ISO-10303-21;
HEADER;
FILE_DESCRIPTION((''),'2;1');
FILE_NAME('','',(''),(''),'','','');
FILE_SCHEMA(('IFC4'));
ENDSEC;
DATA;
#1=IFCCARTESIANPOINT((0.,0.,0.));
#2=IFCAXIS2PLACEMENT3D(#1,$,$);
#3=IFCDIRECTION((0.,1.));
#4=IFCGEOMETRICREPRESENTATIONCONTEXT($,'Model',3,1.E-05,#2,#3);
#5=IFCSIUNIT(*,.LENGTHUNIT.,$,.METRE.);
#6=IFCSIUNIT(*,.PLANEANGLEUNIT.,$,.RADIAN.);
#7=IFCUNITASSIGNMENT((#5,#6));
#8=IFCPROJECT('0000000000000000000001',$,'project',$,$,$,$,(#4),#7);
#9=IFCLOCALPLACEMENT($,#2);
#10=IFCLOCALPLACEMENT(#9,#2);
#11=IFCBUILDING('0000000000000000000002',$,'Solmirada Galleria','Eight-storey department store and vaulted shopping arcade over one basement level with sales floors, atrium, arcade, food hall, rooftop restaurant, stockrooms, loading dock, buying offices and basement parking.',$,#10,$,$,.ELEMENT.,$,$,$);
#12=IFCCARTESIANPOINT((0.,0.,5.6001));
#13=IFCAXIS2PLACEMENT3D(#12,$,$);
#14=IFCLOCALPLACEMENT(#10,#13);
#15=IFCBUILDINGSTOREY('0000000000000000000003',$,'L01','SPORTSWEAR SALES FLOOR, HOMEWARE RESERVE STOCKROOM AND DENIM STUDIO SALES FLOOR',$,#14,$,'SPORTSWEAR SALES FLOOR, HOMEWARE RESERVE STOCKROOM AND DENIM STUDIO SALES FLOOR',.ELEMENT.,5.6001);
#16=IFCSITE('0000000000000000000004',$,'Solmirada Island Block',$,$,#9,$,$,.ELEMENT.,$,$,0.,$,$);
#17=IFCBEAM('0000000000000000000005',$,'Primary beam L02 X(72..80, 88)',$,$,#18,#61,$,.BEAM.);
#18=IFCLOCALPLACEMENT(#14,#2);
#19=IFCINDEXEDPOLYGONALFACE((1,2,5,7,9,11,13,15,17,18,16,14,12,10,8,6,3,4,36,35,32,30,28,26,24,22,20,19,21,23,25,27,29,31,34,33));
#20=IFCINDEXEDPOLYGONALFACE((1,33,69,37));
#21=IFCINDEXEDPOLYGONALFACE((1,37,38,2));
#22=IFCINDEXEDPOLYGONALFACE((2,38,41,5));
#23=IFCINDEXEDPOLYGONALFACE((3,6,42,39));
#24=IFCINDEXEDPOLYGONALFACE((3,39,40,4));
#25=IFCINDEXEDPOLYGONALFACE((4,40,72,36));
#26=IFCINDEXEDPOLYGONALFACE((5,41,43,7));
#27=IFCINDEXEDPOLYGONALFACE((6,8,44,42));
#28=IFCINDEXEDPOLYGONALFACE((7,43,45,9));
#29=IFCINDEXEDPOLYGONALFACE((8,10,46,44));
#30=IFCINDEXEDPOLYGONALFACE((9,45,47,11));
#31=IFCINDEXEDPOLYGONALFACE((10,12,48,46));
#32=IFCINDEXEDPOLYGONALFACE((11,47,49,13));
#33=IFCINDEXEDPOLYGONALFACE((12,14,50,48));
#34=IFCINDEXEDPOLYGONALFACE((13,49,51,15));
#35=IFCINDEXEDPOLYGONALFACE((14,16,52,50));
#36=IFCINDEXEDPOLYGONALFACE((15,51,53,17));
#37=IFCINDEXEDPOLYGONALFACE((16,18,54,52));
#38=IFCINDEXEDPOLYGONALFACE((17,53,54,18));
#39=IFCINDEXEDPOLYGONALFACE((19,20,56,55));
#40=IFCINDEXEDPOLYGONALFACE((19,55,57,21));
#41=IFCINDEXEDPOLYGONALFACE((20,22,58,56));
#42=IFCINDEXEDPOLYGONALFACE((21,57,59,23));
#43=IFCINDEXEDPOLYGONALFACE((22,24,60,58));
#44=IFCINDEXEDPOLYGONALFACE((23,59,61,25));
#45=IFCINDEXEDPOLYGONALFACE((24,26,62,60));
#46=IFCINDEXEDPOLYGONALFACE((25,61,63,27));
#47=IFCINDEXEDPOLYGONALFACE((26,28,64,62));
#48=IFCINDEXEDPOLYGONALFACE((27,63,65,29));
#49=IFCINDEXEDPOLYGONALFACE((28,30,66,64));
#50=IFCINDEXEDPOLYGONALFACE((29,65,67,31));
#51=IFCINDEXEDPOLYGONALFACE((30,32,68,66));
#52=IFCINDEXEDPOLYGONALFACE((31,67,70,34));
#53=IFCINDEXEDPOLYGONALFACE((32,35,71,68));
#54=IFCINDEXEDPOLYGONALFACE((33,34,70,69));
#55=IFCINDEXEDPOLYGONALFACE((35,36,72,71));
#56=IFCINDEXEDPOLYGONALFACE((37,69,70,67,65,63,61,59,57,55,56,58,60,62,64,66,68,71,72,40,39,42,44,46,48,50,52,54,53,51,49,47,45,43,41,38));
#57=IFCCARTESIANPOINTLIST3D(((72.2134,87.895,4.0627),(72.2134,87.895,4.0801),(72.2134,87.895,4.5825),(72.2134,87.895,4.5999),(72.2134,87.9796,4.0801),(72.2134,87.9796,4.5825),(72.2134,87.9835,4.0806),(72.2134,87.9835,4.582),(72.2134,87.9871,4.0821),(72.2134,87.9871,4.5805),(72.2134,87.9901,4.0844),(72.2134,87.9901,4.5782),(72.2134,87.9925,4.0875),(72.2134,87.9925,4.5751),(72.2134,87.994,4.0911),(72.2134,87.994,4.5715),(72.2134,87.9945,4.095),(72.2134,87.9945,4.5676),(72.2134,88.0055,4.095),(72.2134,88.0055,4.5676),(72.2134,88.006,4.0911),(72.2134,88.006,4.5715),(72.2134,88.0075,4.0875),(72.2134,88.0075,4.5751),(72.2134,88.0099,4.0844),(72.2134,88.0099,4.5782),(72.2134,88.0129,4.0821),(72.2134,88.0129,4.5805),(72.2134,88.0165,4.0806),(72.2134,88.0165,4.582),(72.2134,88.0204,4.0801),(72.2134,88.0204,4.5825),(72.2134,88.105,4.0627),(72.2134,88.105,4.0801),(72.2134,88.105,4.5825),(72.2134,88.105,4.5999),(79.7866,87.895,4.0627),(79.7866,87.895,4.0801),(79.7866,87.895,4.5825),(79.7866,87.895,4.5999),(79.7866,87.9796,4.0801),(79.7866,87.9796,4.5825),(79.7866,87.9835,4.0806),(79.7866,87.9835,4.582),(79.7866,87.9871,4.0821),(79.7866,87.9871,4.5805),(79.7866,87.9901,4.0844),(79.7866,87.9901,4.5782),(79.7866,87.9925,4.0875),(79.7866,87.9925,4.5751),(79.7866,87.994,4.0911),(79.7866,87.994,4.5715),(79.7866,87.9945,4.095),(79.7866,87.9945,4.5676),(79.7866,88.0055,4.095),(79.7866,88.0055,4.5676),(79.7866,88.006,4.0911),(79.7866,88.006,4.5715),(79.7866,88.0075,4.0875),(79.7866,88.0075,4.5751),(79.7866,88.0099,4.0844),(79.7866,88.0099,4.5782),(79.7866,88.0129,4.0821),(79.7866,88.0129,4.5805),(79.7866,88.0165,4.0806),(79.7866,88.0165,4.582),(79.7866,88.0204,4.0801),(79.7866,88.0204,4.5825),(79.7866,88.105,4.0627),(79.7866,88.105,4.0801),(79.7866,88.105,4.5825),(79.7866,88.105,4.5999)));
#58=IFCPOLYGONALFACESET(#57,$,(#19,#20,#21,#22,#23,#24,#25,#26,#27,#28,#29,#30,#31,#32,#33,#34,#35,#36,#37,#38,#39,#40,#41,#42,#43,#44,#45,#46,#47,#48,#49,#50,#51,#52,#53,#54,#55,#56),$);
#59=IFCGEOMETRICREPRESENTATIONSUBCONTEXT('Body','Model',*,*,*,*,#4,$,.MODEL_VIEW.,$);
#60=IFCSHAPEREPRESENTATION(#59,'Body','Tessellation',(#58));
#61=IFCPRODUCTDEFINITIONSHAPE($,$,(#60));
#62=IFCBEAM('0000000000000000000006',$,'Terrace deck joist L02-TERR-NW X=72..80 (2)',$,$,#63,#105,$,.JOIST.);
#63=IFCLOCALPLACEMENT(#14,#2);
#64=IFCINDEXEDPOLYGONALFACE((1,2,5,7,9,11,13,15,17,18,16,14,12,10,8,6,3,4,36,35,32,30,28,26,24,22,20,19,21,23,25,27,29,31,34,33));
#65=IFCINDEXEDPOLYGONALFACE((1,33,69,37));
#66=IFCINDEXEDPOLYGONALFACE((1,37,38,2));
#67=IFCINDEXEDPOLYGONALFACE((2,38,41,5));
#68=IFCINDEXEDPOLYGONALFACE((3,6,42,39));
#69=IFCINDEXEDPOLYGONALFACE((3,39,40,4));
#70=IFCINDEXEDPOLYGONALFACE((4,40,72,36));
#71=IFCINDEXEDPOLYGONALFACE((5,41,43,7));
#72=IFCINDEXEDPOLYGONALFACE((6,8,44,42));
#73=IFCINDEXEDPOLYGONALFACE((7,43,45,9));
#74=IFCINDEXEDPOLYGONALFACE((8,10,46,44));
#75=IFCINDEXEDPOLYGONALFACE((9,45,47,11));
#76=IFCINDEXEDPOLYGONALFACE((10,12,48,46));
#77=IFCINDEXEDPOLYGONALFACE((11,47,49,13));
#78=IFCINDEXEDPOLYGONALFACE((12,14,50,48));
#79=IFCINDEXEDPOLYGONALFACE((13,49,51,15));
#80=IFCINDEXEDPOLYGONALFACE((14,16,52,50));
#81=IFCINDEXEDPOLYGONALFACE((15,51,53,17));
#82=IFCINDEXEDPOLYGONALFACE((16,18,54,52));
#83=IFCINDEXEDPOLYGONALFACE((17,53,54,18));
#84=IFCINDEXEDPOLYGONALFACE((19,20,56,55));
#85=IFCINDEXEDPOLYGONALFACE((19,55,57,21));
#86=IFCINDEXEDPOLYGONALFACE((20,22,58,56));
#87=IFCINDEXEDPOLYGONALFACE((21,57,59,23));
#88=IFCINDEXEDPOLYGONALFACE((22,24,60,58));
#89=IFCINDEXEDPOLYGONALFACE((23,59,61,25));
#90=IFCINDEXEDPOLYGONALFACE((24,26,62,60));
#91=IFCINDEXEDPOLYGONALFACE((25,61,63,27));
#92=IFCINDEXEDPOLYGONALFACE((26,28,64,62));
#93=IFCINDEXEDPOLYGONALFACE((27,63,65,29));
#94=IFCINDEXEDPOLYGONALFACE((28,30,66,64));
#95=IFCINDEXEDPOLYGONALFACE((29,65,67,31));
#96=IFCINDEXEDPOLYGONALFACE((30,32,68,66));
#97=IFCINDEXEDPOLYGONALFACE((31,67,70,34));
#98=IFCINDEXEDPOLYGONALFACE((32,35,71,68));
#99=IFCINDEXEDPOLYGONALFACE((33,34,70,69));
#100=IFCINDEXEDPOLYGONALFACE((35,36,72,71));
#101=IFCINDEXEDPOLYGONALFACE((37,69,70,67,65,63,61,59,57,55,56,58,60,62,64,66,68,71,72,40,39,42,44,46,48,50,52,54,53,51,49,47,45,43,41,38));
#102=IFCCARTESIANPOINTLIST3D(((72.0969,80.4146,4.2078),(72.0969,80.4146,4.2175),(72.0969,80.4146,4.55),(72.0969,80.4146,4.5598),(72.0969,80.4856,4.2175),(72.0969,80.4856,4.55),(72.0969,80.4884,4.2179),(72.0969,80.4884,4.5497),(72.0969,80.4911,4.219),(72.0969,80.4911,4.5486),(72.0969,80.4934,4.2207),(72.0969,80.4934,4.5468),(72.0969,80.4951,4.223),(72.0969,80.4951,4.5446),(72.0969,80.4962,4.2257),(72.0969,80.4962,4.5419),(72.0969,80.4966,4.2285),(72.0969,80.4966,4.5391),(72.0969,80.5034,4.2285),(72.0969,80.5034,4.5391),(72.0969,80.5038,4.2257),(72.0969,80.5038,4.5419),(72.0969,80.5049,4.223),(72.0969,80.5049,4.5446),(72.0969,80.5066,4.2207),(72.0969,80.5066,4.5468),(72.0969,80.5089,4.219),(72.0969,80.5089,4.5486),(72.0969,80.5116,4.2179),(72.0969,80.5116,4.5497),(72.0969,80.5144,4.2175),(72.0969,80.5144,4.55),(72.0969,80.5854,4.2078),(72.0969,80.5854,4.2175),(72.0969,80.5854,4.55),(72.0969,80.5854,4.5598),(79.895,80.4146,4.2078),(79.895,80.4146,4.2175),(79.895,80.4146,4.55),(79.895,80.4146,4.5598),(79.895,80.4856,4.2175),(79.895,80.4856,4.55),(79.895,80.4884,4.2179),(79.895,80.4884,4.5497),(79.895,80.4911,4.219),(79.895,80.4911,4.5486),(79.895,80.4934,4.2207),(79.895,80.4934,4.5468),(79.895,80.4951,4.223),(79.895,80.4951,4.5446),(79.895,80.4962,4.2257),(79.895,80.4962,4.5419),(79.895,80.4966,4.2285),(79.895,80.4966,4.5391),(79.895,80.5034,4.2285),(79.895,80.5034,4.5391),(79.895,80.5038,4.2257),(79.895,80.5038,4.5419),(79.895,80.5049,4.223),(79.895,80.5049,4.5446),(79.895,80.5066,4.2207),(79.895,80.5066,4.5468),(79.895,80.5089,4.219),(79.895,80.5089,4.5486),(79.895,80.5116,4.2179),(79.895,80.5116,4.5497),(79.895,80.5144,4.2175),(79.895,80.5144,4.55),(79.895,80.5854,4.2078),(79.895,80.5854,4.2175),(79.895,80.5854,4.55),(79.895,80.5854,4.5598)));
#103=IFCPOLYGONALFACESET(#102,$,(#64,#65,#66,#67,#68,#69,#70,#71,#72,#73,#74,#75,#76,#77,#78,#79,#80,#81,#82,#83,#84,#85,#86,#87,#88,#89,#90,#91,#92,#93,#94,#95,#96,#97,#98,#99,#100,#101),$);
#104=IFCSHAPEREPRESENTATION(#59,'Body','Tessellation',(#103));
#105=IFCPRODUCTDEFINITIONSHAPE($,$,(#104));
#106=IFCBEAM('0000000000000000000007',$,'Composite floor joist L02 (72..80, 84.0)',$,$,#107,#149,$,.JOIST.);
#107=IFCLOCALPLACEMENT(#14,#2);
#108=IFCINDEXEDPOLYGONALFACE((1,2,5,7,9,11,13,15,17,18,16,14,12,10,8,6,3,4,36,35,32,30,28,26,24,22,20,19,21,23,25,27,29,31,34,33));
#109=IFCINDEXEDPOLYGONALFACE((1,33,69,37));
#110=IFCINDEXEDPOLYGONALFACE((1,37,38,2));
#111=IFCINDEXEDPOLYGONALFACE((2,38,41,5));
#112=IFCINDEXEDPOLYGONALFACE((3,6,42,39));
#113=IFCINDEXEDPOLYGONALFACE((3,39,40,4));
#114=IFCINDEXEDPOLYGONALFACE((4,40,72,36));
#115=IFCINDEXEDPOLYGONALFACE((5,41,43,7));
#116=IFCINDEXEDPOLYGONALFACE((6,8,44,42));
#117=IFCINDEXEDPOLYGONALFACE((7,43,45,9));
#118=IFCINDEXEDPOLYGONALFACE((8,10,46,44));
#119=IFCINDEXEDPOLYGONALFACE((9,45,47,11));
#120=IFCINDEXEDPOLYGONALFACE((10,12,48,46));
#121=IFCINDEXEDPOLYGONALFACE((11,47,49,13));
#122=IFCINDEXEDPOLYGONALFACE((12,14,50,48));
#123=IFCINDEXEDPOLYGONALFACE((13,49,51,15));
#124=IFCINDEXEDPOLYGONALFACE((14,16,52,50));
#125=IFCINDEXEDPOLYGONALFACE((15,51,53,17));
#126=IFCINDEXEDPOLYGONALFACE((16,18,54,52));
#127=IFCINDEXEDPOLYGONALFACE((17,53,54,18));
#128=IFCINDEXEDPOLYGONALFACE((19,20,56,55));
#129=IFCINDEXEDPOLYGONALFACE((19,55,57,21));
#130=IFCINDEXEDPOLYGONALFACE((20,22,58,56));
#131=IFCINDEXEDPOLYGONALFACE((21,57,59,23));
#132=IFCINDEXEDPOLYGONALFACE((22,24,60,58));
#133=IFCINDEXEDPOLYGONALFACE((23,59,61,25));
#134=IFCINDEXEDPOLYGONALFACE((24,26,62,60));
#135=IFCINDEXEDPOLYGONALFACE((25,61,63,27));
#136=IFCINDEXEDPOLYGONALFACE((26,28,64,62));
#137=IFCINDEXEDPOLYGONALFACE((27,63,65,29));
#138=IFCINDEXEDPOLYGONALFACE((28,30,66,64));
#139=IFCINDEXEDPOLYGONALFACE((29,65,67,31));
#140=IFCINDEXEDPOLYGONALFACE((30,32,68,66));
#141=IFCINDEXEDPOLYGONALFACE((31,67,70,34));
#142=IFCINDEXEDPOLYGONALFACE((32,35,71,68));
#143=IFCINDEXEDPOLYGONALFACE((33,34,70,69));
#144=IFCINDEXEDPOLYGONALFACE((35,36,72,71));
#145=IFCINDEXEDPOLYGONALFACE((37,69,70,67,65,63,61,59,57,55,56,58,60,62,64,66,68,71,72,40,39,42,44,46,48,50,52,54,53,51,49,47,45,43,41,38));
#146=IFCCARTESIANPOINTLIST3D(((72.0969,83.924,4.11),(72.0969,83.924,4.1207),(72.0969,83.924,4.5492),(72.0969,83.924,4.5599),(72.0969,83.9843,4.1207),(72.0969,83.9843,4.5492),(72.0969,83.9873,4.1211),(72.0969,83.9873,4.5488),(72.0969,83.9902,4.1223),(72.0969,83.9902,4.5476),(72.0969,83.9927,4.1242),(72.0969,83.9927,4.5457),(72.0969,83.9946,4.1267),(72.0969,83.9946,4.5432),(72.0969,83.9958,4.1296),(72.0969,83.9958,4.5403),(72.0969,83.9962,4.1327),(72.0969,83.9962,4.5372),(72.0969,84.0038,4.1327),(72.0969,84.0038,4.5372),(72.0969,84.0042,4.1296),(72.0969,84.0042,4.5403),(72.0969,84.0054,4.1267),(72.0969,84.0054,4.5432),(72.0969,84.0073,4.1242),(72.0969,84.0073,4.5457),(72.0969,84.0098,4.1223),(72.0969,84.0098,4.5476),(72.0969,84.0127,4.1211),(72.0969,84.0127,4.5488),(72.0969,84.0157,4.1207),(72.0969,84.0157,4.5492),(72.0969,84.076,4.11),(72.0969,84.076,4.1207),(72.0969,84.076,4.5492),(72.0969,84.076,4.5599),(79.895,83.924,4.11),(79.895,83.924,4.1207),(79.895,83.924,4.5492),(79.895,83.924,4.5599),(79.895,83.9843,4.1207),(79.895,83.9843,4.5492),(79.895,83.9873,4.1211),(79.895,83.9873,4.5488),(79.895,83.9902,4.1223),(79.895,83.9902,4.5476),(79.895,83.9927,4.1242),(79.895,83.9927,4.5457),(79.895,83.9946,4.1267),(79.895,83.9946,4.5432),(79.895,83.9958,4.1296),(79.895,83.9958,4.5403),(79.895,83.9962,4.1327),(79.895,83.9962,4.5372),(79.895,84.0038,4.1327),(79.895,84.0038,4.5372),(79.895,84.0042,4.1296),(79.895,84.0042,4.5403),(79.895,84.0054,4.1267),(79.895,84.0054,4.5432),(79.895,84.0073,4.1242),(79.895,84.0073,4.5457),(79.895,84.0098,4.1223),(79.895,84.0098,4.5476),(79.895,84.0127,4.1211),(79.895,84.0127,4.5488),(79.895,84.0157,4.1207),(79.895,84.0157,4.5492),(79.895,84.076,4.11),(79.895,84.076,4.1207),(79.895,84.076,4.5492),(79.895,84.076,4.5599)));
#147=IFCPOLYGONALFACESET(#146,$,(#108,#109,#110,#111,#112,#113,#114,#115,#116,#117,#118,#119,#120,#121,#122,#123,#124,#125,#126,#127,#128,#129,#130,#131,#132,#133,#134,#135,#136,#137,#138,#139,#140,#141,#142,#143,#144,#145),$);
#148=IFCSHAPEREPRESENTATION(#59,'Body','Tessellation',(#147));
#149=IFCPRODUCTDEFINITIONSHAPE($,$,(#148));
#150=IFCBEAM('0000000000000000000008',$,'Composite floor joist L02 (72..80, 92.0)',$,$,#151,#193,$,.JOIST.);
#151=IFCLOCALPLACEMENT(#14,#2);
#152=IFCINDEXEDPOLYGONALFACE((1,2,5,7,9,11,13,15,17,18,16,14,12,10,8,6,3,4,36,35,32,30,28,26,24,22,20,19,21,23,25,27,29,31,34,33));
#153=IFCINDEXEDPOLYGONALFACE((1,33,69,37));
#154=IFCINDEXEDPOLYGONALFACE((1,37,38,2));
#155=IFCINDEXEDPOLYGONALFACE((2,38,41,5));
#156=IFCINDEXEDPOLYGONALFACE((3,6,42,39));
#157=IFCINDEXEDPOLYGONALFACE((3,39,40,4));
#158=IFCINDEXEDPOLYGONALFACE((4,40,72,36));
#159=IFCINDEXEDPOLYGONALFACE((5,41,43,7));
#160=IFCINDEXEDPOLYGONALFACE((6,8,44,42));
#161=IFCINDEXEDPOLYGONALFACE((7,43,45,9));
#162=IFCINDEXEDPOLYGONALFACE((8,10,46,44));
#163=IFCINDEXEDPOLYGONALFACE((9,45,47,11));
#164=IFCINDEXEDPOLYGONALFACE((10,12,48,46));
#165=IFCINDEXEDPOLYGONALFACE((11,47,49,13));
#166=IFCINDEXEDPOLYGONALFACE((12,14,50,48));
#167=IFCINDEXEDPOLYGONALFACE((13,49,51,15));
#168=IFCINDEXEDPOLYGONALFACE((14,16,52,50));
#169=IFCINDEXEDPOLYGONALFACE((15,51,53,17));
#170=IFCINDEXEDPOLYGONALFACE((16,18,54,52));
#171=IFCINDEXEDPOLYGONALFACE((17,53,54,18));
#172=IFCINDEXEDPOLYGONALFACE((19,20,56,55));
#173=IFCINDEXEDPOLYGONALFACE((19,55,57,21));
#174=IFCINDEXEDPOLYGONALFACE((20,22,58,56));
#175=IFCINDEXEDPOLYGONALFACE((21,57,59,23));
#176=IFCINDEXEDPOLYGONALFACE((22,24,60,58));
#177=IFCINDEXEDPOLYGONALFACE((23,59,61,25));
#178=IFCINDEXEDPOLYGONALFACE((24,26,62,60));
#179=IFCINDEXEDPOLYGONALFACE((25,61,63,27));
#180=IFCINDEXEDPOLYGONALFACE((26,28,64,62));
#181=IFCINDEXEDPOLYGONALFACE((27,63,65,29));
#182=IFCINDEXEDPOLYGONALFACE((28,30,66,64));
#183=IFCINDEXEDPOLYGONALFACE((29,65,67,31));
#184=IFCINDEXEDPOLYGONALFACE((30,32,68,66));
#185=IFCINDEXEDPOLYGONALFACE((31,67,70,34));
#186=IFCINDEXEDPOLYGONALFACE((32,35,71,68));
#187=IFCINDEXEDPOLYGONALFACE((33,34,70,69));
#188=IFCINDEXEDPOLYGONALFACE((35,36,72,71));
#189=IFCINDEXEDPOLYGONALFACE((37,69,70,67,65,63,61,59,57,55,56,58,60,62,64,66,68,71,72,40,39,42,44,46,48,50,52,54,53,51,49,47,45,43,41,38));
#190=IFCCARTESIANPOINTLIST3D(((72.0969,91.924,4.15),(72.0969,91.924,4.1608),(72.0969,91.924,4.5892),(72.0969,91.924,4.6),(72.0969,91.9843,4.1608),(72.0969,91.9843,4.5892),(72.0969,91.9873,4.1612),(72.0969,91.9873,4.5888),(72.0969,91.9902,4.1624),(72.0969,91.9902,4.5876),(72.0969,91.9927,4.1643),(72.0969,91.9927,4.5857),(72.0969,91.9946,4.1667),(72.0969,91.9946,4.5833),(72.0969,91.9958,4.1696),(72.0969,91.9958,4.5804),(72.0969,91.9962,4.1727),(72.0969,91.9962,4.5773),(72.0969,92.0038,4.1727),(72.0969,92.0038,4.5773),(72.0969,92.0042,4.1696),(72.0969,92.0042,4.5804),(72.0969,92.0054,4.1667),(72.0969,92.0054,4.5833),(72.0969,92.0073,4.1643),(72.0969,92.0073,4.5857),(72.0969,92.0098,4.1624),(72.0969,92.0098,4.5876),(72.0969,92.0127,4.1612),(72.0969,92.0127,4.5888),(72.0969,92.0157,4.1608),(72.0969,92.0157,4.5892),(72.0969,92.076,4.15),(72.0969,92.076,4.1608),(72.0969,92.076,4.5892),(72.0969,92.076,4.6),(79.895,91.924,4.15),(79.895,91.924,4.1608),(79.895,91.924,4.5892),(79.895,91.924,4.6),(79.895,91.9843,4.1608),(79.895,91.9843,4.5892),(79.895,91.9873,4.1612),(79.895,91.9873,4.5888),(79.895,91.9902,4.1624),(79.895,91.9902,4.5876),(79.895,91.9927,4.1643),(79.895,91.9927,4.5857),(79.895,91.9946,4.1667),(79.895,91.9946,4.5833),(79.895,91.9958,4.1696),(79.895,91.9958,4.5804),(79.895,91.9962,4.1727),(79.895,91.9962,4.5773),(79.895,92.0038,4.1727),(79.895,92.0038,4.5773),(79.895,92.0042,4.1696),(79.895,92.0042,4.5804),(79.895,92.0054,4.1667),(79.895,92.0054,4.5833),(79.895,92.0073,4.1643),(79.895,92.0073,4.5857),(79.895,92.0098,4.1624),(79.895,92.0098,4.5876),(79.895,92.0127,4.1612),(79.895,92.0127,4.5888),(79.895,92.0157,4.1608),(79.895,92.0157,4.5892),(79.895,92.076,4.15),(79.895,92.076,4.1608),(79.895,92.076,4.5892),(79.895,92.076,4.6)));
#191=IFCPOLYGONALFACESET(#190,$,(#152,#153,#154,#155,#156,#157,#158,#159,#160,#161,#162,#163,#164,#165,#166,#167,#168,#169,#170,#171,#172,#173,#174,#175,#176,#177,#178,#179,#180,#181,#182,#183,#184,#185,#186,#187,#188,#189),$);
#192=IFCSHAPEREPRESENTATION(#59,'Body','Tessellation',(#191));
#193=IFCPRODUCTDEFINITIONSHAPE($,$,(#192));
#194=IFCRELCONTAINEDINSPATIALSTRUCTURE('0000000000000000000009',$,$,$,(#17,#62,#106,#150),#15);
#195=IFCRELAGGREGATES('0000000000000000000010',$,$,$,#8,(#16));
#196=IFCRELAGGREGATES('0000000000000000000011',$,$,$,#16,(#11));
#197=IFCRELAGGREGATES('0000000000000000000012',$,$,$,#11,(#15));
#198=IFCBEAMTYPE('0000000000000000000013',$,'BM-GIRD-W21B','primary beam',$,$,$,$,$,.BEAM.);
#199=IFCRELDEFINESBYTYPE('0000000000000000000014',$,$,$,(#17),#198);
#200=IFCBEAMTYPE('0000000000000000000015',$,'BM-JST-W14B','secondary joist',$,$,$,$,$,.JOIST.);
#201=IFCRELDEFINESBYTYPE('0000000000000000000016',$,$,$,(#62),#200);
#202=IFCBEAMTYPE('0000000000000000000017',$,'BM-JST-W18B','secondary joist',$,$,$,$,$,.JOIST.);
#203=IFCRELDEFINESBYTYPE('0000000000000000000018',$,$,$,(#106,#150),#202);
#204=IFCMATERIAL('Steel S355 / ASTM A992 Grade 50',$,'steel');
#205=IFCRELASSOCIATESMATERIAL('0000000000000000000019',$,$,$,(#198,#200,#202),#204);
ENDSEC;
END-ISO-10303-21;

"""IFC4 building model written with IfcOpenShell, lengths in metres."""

from ifc_helpers import new_model, si_unit, direction, frame, origin, origin_2d, place, context, subcontext, project, spatial, i_section, extrude, material, material_profile, profile_set, type_object, element, save


model = new_model("IFC4")

# Units and contexts
model_context = context("Model", 3, precision=1e-05, world=origin(), true_north=direction((0.0, 1.0)))
body_context = subcontext(model_context, "Body", "Model", "MODEL_VIEW")
ifc_project = project(units=[si_unit("LENGTHUNIT", "METRE"), si_unit("PLANEANGLEUNIT", "RADIAN")], contexts=[model_context])

# Site, building, storey
site_placement = place(None, origin())
site = spatial("IfcSite", under=ifc_project, at=site_placement, Name="Solmirada Island Block", CompositionType="ELEMENT", RefElevation=0.0)
building_placement = place(site_placement, origin())
building = spatial("IfcBuilding", under=site, at=building_placement, Name="Solmirada Galleria", Description="Eight-storey department store and vaulted shopping arcade over one basement level with sales floors, atrium, arcade, food hall, rooftop restaurant, stockrooms, loading dock, buying offices and basement parking.", CompositionType="ELEMENT")
storey_placement = place(building_placement, frame((0.0, 0.0, 5.6001)))
storey = spatial("IfcBuildingStorey", under=building, at=storey_placement, Name="L01", Description="SPORTSWEAR SALES FLOOR, HOMEWARE RESERVE STOCKROOM AND DENIM STUDIO SALES FLOOR", LongName="SPORTSWEAR SALES FLOOR, HOMEWARE RESERVE STOCKROOM AND DENIM STUDIO SALES FLOOR", CompositionType="ELEMENT", Elevation=5.6001)

# Beams
ifc_material_1 = material(Name="Steel S355 / ASTM A992 Grade 50", Category="steel")
ifc_material_profile_1 = material_profile(ifc_material_1, i_section(OverallWidth=0.21, OverallDepth=0.5371, WebThickness=0.011, FlangeThickness=0.0173, FilletRadius=0.0149, at=origin_2d()), Name="W21X68")
ifc_profile_set_1 = profile_set([ifc_material_profile_1], Name="Steel S355 / ASTM A992 Grade 50")
beam_type_1 = type_object("IfcBeamType", Name="BM-GIRD-W21B", Description="primary beam", PredefinedType="BEAM", material=ifc_profile_set_1)
beam_1_placement = place(storey_placement, frame((72.2134, 88.0, 4.3313), z_axis=(1.0, 0.0, 0.0), x_axis=(0.0, 1.0, 0.0)))
element("IfcBeam", 1, at=beam_1_placement, inside=storey, type_object=beam_type_1, Name="Primary beam L02 X(72..80, 88)", PredefinedType="BEAM", context=body_context, shape_type="SweptSolid", body=[
    extrude(i_section(OverallWidth=0.21, OverallDepth=0.5371, WebThickness=0.011, FlangeThickness=0.0173, FilletRadius=0.0149, at=origin_2d()), origin(), (0.0, 0.0, 1.0), 7.5732),
])
ifc_material_profile_2 = material_profile(ifc_material_1, i_section(OverallWidth=0.1709, OverallDepth=0.3521, WebThickness=0.0068, FlangeThickness=0.0098, FilletRadius=0.011, at=origin_2d()), Name="W14X30")
ifc_profile_set_2 = profile_set([ifc_material_profile_2], Name="Steel S355 / ASTM A992 Grade 50")
beam_type_2 = type_object("IfcBeamType", Name="BM-JST-W14B", Description="secondary joist", PredefinedType="JOIST", material=ifc_profile_set_2)
beam_2_placement = place(storey_placement, frame((72.0969, 80.5, 4.3838), z_axis=(1.0, 0.0, 0.0), x_axis=(0.0, 1.0, 0.0)))
element("IfcBeam", 2, at=beam_2_placement, inside=storey, type_object=beam_type_2, Name="Terrace deck joist L02-TERR-NW X=72..80 (2)", PredefinedType="JOIST", context=body_context, shape_type="SweptSolid", body=[
    extrude(i_section(OverallWidth=0.1709, OverallDepth=0.3521, WebThickness=0.0068, FlangeThickness=0.0098, FilletRadius=0.011, at=origin_2d()), origin(), (0.0, 0.0, 1.0), 7.7981),
])
ifc_material_profile_3 = material_profile(ifc_material_1, i_section(OverallWidth=0.1521, OverallDepth=0.45, WebThickness=0.0076, FlangeThickness=0.0107, FilletRadius=0.012, at=origin_2d()), Name="W18X35")
ifc_profile_set_3 = profile_set([ifc_material_profile_3], Name="Steel S355 / ASTM A992 Grade 50")
beam_type_3 = type_object("IfcBeamType", Name="BM-JST-W18B", Description="secondary joist", PredefinedType="JOIST", material=ifc_profile_set_3)
for number, where, z_axis, x_axis, name in (
    (3, (72.0969, 84.0, 4.335), (1.0, 0.0, 0.0), (0.0, 1.0, 0.0), "Composite floor joist L02 (72..80, 84.0)"),
    (4, (72.0969, 92.0, 4.375), (1.0, 0.0, 0.0), (0.0, 1.0, 0.0), "Composite floor joist L02 (72..80, 92.0)"),
):
    element("IfcBeam", number, at=place(storey_placement, frame(where, z_axis=z_axis, x_axis=x_axis)), inside=storey, type_object=beam_type_3, Name=name, PredefinedType="JOIST", context=body_context, shape_type="SweptSolid", body=[
        extrude(i_section(OverallWidth=0.1521, OverallDepth=0.45, WebThickness=0.0076, FlangeThickness=0.0107, FilletRadius=0.012, at=origin_2d()), origin(), (0.0, 0.0, 1.0), 7.7981),
    ])

save(model, "model.ifc")
